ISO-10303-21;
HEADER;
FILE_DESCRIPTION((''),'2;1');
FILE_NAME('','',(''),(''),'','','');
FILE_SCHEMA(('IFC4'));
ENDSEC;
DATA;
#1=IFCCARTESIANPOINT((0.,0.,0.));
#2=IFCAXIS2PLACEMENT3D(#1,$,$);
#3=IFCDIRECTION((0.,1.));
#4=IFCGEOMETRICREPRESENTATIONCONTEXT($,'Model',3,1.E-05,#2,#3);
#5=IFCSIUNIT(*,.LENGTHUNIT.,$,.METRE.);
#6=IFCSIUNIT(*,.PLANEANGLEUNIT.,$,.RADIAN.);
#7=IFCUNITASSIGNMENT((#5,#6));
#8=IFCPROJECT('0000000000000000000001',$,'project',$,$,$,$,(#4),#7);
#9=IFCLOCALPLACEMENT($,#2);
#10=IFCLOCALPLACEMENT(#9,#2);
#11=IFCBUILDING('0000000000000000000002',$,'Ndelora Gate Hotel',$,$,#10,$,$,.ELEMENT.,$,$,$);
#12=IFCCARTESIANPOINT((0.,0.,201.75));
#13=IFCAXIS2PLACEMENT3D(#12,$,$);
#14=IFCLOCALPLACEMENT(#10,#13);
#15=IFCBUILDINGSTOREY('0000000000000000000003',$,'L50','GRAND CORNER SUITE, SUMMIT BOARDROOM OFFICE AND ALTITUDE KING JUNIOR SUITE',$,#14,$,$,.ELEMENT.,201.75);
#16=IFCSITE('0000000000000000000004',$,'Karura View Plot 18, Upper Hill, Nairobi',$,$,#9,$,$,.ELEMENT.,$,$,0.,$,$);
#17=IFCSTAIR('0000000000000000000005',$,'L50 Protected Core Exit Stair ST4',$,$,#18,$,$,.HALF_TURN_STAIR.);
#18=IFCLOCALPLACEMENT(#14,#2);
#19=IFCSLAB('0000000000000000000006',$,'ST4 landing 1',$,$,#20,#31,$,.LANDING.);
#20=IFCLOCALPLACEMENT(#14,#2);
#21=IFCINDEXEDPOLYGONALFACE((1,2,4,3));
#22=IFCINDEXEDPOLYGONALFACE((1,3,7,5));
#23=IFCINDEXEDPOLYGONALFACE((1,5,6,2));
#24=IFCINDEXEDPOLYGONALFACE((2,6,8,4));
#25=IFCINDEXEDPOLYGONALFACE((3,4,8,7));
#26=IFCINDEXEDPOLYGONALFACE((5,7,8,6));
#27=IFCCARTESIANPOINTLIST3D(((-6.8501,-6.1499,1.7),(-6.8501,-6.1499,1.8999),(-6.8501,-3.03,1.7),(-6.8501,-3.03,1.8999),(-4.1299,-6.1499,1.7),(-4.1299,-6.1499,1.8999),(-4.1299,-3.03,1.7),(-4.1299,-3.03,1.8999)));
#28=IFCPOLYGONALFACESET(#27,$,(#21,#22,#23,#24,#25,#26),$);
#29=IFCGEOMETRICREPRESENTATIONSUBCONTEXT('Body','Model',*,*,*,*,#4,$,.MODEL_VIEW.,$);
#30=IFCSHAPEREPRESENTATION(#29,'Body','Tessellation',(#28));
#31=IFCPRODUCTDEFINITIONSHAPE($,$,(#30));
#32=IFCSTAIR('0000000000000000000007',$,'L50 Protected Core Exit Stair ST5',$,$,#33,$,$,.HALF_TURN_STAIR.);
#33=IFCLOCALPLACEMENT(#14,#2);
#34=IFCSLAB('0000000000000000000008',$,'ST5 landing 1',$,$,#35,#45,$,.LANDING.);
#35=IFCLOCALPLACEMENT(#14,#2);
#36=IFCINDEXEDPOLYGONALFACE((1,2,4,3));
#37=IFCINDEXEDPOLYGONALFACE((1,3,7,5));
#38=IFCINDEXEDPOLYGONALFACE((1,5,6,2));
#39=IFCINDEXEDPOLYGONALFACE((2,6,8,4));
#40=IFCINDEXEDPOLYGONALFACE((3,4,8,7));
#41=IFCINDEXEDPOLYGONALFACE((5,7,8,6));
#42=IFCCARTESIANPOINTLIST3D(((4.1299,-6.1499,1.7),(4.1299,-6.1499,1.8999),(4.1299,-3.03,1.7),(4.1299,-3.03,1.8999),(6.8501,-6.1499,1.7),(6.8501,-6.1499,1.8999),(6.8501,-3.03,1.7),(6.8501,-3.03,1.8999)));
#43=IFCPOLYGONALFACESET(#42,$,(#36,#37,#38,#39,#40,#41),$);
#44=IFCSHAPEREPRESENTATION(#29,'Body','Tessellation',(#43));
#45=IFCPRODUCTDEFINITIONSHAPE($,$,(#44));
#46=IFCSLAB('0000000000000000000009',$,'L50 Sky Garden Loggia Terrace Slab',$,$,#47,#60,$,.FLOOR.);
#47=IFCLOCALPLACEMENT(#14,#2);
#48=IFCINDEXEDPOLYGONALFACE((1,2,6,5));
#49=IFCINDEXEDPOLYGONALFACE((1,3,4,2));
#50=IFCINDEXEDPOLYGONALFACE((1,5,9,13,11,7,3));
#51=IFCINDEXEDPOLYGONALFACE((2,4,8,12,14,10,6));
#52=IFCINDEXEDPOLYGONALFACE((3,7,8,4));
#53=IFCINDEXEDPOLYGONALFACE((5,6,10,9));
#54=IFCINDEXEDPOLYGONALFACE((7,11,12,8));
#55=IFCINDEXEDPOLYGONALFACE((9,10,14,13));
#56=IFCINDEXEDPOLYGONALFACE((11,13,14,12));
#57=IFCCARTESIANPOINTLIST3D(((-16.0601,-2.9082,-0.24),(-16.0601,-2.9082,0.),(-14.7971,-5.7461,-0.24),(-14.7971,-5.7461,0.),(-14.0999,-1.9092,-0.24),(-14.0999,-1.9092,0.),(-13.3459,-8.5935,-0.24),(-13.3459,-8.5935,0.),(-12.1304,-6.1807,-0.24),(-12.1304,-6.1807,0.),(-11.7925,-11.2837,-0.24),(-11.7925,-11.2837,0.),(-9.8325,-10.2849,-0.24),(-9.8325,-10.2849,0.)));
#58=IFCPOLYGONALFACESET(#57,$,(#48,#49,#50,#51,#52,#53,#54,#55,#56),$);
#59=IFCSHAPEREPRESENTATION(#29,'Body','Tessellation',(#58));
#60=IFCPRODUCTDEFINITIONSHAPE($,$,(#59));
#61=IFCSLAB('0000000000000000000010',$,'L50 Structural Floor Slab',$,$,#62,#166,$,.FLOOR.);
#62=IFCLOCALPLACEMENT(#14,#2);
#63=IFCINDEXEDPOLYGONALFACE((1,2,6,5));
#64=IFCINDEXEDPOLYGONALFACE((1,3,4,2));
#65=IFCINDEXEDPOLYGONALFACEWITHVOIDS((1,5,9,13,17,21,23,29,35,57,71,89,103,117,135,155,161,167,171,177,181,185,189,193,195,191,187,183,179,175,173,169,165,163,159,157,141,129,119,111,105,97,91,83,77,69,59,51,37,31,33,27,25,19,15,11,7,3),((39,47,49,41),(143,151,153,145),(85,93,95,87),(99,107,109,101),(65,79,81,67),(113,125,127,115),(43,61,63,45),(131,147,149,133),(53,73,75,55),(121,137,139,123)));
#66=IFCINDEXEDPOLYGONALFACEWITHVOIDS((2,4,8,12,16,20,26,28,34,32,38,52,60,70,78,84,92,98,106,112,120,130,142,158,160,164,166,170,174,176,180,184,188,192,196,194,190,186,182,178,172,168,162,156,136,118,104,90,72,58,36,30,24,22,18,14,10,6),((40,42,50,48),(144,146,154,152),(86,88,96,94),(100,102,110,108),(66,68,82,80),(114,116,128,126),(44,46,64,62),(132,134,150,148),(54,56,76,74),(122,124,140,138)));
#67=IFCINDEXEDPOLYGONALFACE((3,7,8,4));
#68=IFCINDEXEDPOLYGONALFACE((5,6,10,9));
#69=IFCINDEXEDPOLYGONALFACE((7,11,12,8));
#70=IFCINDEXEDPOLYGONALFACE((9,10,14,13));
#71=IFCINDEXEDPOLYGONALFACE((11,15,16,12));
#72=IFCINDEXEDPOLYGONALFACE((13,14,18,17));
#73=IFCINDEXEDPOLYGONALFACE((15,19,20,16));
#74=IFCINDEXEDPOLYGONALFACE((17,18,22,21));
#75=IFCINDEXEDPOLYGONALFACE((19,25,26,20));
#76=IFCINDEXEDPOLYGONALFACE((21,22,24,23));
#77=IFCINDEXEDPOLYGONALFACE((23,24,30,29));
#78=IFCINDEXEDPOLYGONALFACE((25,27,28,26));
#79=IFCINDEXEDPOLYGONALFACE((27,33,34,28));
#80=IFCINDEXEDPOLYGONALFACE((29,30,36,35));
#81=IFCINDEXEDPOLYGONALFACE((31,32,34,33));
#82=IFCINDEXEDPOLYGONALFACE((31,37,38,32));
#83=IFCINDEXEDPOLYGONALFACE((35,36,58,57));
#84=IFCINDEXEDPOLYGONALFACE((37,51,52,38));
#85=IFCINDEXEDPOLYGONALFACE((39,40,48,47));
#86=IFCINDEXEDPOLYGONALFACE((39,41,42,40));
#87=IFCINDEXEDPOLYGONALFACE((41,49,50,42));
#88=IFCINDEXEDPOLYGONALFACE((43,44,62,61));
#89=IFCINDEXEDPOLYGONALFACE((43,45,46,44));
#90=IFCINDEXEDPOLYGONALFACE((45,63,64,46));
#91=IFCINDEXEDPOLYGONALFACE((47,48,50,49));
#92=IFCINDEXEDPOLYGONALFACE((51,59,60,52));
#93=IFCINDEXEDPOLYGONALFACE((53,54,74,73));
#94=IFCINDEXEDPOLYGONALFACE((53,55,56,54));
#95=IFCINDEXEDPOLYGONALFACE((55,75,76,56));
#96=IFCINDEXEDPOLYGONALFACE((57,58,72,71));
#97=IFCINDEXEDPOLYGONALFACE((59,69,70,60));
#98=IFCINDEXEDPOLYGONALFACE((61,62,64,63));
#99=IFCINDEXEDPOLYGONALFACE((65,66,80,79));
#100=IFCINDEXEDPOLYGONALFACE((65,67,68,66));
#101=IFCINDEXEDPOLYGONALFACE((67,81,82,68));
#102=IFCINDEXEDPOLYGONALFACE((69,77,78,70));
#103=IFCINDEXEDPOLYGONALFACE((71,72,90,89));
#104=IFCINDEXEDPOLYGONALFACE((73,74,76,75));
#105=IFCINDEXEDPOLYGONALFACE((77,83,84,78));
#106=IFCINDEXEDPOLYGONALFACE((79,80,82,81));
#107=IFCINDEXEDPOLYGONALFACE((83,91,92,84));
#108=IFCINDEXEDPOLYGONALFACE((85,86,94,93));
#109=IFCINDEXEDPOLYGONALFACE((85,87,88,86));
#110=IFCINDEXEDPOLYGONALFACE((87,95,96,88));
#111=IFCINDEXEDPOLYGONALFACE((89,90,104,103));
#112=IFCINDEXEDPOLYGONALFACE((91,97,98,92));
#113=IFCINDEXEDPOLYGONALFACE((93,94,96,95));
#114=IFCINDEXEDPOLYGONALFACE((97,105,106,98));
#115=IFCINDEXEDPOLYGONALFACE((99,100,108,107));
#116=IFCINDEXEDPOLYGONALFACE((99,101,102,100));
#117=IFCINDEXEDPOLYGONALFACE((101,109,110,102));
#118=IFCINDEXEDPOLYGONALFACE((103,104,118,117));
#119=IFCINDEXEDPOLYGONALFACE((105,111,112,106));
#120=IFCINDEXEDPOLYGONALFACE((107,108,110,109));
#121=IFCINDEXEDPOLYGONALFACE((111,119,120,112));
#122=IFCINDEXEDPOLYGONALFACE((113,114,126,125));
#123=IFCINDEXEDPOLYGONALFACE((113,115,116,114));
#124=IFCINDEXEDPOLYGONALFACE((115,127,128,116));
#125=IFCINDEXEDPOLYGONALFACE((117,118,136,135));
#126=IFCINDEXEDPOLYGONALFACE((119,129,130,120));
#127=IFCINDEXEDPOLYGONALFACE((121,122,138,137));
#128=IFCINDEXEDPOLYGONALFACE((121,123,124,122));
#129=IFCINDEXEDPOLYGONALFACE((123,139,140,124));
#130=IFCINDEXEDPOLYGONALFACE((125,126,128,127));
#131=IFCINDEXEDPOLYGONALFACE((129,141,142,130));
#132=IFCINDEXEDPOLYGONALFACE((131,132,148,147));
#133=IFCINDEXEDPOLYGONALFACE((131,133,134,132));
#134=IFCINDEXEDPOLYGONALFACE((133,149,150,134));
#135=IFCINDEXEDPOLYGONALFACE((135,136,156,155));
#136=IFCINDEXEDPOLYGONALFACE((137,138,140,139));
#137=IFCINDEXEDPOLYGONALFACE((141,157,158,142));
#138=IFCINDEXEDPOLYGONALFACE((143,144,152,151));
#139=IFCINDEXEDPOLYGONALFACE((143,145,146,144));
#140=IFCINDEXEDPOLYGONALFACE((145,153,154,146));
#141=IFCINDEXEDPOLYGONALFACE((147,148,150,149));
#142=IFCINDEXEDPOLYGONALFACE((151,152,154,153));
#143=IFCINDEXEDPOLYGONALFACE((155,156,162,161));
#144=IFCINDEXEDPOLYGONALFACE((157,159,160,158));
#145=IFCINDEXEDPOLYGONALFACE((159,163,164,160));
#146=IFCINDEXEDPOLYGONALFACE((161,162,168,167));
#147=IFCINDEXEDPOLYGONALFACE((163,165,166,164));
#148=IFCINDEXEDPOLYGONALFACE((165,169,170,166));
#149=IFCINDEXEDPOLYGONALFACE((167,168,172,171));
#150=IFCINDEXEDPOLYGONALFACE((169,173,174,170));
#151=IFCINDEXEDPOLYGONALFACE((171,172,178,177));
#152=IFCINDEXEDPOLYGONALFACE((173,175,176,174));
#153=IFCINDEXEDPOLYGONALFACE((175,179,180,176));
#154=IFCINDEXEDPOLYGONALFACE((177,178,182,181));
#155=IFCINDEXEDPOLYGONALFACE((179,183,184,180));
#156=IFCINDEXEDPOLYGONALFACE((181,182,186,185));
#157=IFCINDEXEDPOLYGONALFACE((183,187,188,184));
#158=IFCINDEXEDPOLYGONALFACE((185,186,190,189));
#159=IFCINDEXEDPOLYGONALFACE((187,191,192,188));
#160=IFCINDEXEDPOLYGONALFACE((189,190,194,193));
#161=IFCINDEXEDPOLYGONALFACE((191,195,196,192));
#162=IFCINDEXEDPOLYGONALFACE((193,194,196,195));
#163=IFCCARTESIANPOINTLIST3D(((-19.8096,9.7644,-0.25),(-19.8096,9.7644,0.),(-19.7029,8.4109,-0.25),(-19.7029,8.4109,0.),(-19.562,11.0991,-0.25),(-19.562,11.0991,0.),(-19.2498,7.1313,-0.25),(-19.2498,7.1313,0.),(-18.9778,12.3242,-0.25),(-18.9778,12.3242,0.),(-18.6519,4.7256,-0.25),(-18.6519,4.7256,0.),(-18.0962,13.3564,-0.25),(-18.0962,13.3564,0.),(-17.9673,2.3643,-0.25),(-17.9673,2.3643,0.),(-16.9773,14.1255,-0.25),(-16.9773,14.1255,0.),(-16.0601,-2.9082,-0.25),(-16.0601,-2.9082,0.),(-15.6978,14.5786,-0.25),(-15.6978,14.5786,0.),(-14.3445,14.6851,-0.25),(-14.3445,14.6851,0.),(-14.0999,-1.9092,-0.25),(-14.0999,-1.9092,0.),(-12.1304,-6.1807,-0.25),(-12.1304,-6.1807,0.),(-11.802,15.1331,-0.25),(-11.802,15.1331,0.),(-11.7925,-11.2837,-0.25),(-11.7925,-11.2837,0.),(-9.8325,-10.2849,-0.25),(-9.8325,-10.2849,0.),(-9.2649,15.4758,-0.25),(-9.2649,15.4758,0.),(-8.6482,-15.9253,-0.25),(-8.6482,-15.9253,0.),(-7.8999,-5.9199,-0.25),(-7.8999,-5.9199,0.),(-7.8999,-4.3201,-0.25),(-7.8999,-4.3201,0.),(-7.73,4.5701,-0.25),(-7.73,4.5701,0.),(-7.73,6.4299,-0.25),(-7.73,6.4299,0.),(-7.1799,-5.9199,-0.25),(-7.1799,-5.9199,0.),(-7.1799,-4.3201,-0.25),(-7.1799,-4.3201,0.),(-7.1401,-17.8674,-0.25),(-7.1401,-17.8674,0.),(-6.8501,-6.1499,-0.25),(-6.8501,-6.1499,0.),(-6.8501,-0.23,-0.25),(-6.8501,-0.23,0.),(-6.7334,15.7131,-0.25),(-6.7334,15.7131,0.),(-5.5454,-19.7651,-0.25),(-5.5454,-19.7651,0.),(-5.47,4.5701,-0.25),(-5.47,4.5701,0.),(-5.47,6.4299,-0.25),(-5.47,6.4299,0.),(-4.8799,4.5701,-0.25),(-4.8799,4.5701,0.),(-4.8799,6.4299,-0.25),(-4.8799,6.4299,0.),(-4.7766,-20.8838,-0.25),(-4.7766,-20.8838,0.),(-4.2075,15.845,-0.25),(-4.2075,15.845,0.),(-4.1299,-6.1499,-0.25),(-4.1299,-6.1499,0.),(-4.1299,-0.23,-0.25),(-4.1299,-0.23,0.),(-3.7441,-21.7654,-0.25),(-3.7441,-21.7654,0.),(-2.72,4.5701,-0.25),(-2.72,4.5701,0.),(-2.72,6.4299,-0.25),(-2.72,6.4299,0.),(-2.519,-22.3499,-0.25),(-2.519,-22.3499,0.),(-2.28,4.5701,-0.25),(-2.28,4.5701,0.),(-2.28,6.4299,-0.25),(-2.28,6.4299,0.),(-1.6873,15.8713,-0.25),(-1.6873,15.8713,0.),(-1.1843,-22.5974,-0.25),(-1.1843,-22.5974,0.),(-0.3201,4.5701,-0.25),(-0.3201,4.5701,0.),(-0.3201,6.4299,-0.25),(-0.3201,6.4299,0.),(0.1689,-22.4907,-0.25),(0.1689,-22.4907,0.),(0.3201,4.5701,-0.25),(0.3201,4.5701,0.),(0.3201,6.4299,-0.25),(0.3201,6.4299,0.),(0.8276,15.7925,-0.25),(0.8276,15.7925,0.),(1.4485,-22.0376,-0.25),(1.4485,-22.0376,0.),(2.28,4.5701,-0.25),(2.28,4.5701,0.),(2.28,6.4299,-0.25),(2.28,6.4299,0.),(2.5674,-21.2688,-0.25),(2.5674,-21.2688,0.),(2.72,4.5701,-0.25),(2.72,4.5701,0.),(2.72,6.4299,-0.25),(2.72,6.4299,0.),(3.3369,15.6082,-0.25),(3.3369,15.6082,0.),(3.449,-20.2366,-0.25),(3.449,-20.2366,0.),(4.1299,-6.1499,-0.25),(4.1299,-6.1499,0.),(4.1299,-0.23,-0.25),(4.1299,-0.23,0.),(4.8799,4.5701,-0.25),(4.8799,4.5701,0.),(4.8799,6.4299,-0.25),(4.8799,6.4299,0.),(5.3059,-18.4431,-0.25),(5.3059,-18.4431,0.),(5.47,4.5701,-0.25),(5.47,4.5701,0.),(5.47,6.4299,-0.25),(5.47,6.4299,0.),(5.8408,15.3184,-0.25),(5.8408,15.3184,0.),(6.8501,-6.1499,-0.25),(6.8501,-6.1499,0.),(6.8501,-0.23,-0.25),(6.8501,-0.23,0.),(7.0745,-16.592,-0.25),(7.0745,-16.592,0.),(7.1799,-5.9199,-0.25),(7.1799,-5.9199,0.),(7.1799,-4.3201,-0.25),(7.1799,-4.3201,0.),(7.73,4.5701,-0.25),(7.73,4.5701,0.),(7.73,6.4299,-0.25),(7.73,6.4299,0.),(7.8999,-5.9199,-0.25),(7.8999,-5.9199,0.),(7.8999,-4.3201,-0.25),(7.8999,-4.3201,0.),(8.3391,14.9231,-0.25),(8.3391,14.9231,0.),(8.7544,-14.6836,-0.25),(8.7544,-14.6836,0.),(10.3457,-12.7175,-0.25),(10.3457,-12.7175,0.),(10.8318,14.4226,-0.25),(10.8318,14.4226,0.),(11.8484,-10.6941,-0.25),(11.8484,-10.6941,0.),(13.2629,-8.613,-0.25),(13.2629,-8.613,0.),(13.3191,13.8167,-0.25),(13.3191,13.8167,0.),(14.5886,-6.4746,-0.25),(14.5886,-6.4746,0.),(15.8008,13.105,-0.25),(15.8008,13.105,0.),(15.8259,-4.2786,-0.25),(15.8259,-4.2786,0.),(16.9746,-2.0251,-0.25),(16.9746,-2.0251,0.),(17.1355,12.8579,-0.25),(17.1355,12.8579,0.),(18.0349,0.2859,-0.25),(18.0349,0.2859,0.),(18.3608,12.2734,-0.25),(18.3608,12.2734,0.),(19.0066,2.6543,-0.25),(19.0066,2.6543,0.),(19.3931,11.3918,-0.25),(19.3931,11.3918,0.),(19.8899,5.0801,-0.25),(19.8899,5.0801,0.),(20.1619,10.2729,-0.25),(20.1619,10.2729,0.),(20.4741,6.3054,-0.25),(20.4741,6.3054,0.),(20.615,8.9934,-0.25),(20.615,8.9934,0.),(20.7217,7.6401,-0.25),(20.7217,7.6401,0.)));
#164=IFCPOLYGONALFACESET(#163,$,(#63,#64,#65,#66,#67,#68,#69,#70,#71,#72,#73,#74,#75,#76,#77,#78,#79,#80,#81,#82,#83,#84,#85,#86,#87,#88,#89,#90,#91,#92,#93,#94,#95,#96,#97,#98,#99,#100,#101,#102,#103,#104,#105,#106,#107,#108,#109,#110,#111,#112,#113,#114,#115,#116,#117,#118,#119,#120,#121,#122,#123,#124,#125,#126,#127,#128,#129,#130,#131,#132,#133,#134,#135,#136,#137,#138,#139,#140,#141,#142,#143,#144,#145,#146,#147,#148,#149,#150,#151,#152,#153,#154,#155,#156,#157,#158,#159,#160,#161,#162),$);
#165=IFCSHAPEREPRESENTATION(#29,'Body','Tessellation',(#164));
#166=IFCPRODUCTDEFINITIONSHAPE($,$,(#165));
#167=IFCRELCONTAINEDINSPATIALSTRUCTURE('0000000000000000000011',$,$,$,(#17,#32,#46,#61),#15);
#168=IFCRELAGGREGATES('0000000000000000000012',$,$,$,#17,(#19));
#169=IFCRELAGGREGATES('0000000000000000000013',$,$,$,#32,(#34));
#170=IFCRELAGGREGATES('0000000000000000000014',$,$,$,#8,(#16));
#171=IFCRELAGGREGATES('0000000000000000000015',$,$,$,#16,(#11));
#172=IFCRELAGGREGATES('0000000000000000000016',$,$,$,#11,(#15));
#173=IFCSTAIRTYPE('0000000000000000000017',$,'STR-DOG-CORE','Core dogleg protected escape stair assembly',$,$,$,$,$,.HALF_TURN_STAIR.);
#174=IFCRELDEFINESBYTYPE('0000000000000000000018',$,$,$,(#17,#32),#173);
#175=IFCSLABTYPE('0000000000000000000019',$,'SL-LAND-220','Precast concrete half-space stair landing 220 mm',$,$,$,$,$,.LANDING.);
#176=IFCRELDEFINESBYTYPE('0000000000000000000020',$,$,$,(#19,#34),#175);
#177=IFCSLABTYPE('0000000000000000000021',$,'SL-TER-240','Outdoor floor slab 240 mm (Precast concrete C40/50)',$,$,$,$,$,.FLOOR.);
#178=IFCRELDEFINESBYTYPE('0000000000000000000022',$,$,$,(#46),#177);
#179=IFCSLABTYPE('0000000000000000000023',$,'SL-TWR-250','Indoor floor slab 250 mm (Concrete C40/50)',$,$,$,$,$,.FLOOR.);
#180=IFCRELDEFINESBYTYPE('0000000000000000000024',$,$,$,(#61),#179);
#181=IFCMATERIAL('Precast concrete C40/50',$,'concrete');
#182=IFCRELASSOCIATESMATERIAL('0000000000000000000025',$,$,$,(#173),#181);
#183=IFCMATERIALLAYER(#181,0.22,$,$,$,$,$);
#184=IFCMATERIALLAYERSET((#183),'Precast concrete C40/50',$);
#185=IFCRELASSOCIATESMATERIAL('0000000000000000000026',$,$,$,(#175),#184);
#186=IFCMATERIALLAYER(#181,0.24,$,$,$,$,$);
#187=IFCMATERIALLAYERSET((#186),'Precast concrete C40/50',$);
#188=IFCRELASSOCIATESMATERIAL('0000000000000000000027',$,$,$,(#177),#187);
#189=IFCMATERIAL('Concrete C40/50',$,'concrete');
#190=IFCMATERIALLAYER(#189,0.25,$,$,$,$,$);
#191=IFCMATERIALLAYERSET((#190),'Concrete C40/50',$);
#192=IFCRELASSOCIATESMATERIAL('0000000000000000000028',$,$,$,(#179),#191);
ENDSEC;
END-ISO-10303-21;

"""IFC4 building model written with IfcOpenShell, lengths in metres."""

from ifc_helpers import new_model, si_unit, direction, frame, origin, place, context, subcontext, project, spatial, polyline, outline, extrude, material, layer, layer_set, type_object, element, aggregate, save


model = new_model("IFC4")

# Units and contexts
model_context = context("Model", 3, precision=1e-05, world=origin(), true_north=direction((0.0, 1.0)))
body_context = subcontext(model_context, "Body", "Model", "MODEL_VIEW")
ifc_project = project(units=[si_unit("LENGTHUNIT", "METRE"), si_unit("PLANEANGLEUNIT", "RADIAN")], contexts=[model_context])

# Site, building, storey
site_placement = place(None, origin())
site = spatial("IfcSite", under=ifc_project, at=site_placement, Name="Karura View Plot 18, Upper Hill, Nairobi", CompositionType="ELEMENT", RefElevation=0.0)
building_placement = place(site_placement, origin())
building = spatial("IfcBuilding", under=site, at=building_placement, Name="Ndelora Gate Hotel", CompositionType="ELEMENT")
storey_placement = place(building_placement, frame((0.0, 0.0, 201.75)))
storey = spatial("IfcBuildingStorey", under=building, at=storey_placement, Name="L50", Description="GRAND CORNER SUITE, SUMMIT BOARDROOM OFFICE AND ALTITUDE KING JUNIOR SUITE", CompositionType="ELEMENT", Elevation=201.75)

# Stairs, slabs
ifc_material_1 = material(Name="Precast concrete C40/50", Category="concrete")
stair_type = type_object("IfcStairType", Name="STR-DOG-CORE", Description="Core dogleg protected escape stair assembly", PredefinedType="HALF_TURN_STAIR", material=ifc_material_1)
stair_1_placement = place(storey_placement, origin())
stair_1 = element("IfcStair", 1, at=stair_1_placement, inside=storey, type_object=stair_type, Name="L50 Protected Core Exit Stair ST4", PredefinedType="HALF_TURN_STAIR")
ifc_layer_1 = layer(ifc_material_1, 0.22)
ifc_layer_set_1 = layer_set([ifc_layer_1], Name="Precast concrete C40/50")
slab_type_1 = type_object("IfcSlabType", Name="SL-LAND-220", Description="Precast concrete half-space stair landing 220 mm", PredefinedType="LANDING", material=ifc_layer_set_1)
slab_1_placement = place(storey_placement, frame((0.0, 0.0, 1.7)))
slab_1 = element("IfcSlab", 2, at=slab_1_placement, type_object=slab_type_1, Name="ST4 landing 1", PredefinedType="LANDING", context=body_context, shape_type="SweptSolid", body=[
    extrude(outline(polyline([(-6.8501, -3.03), (-6.8501, -6.1499), (-4.1299, -6.1499), (-4.1299, -3.03), (-6.8501, -3.03)])), origin(), (0.0, 0.0, 1.0), 0.2),
])
aggregate(stair_1, [slab_1])
stair_2_placement = place(storey_placement, origin())
stair_2 = element("IfcStair", 3, at=stair_2_placement, inside=storey, type_object=stair_type, Name="L50 Protected Core Exit Stair ST5", PredefinedType="HALF_TURN_STAIR")
slab_2_placement = place(storey_placement, frame((0.0, 0.0, 1.7)))
slab_2 = element("IfcSlab", 4, at=slab_2_placement, type_object=slab_type_1, Name="ST5 landing 1", PredefinedType="LANDING", context=body_context, shape_type="SweptSolid", body=[
    extrude(outline(polyline([(4.1299, -3.03), (4.1299, -6.1499), (6.8501, -6.1499), (6.8501, -3.03), (4.1299, -3.03)])), origin(), (0.0, 0.0, 1.0), 0.2),
])
aggregate(stair_2, [slab_2])

# Slabs
ifc_layer_2 = layer(ifc_material_1, 0.24)
ifc_layer_set_2 = layer_set([ifc_layer_2], Name="Precast concrete C40/50")
slab_type_2 = type_object("IfcSlabType", Name="SL-TER-240", Description="Outdoor floor slab 240 mm (Precast concrete C40/50)", PredefinedType="FLOOR", material=ifc_layer_set_2)
slab_3_placement = place(storey_placement, frame((0.0, 0.0, -0.24)))
element("IfcSlab", 5, at=slab_3_placement, inside=storey, type_object=slab_type_2, Name="L50 Sky Garden Loggia Terrace Slab", PredefinedType="FLOOR", context=body_context, shape_type="SweptSolid", body=[
    extrude(outline(polyline([(-14.0999, -1.9092), (-16.0601, -2.9082), (-14.7971, -5.7461), (-13.3459, -8.5935), (-11.7925, -11.2837), (-9.8325, -10.2849), (-12.1304, -6.1807), (-14.0999, -1.9092)])), origin(), (0.0, 0.0, 1.0), 0.24),
])
ifc_material_2 = material(Name="Concrete C40/50", Category="concrete")
ifc_layer_3 = layer(ifc_material_2, 0.25)
ifc_layer_set_3 = layer_set([ifc_layer_3], Name="Concrete C40/50")
slab_type_3 = type_object("IfcSlabType", Name="SL-TWR-250", Description="Indoor floor slab 250 mm (Concrete C40/50)", PredefinedType="FLOOR", material=ifc_layer_set_3)
slab_4_placement = place(storey_placement, frame((0.0, 0.0, -0.25)))
element("IfcSlab", 6, at=slab_4_placement, inside=storey, type_object=slab_type_3, Name="L50 Structural Floor Slab", PredefinedType="FLOOR", context=body_context, shape_type="SweptSolid", body=[
    extrude(outline(polyline([(-14.3445, 14.6851), (-15.6978, 14.5786), (-16.9773, 14.1255), (-18.0962, 13.3564), (-18.9778, 12.3242), (-19.562, 11.0991), (-19.8096, 9.7644), (-19.7029, 8.4109), (-19.2498, 7.1313), (-18.6519, 4.7256), (-17.9673, 2.3643), (-16.0601, -2.9082), (-14.0999, -1.9092), (-12.1304, -6.1807), (-9.8325, -10.2849), (-11.7925, -11.2837), (-8.6482, -15.9253), (-7.1401, -17.8674), (-5.5454, -19.7651), (-4.7766, -20.8838), (-3.7441, -21.7654), (-2.519, -22.3499), (-1.1843, -22.5974), (0.1689, -22.4907), (1.4485, -22.0376), (2.5674, -21.2688), (3.449, -20.2366), (5.3059, -18.4431), (7.0745, -16.592), (8.7544, -14.6836), (10.3457, -12.7175), (11.8484, -10.6941), (13.2629, -8.613), (14.5886, -6.4746), (15.8259, -4.2786), (16.9746, -2.0251), (18.0349, 0.2859), (19.0066, 2.6543), (19.8899, 5.0801), (20.4741, 6.3054), (20.7217, 7.6401), (20.615, 8.9934), (20.1619, 10.2729), (19.3931, 11.3918), (18.3608, 12.2734), (17.1355, 12.8579), (15.8008, 13.105), (13.3191, 13.8167), (10.8318, 14.4226), (8.3391, 14.9231), (5.8408, 15.3184), (3.3369, 15.6082), (0.8276, 15.7925), (-1.6873, 15.8713), (-4.2075, 15.845), (-6.7334, 15.7131), (-9.2649, 15.4758), (-11.802, 15.1331), (-14.3445, 14.6851)]), holes=[polyline([(-6.8501, -0.23), (-6.8501, -6.1499), (-4.1299, -6.1499), (-4.1299, -0.23), (-6.8501, -0.23)]), polyline([(4.1299, -0.23), (4.1299, -6.1499), (6.8501, -6.1499), (6.8501, -0.23), (4.1299, -0.23)]), polyline([(-7.73, 4.5701), (-5.47, 4.5701), (-5.47, 6.4299), (-7.73, 6.4299), (-7.73, 4.5701)]), polyline([(5.47, 4.5701), (7.73, 4.5701), (7.73, 6.4299), (5.47, 6.4299), (5.47, 4.5701)]), polyline([(-4.8799, 4.5701), (-2.72, 4.5701), (-2.72, 6.4299), (-4.8799, 6.4299), (-4.8799, 4.5701)]), polyline([(2.72, 4.5701), (4.8799, 4.5701), (4.8799, 6.4299), (2.72, 6.4299), (2.72, 4.5701)]), polyline([(-2.28, 4.5701), (-0.3201, 4.5701), (-0.3201, 6.4299), (-2.28, 6.4299), (-2.28, 4.5701)]), polyline([(0.3201, 4.5701), (2.28, 4.5701), (2.28, 6.4299), (0.3201, 6.4299), (0.3201, 4.5701)]), polyline([(-7.8999, -5.9199), (-7.1799, -5.9199), (-7.1799, -4.3201), (-7.8999, -4.3201), (-7.8999, -5.9199)]), polyline([(7.1799, -5.9199), (7.8999, -5.9199), (7.8999, -4.3201), (7.1799, -4.3201), (7.1799, -5.9199)])]), origin(), (0.0, 0.0, 1.0), 0.25),
])

save(model, "model.ifc")
